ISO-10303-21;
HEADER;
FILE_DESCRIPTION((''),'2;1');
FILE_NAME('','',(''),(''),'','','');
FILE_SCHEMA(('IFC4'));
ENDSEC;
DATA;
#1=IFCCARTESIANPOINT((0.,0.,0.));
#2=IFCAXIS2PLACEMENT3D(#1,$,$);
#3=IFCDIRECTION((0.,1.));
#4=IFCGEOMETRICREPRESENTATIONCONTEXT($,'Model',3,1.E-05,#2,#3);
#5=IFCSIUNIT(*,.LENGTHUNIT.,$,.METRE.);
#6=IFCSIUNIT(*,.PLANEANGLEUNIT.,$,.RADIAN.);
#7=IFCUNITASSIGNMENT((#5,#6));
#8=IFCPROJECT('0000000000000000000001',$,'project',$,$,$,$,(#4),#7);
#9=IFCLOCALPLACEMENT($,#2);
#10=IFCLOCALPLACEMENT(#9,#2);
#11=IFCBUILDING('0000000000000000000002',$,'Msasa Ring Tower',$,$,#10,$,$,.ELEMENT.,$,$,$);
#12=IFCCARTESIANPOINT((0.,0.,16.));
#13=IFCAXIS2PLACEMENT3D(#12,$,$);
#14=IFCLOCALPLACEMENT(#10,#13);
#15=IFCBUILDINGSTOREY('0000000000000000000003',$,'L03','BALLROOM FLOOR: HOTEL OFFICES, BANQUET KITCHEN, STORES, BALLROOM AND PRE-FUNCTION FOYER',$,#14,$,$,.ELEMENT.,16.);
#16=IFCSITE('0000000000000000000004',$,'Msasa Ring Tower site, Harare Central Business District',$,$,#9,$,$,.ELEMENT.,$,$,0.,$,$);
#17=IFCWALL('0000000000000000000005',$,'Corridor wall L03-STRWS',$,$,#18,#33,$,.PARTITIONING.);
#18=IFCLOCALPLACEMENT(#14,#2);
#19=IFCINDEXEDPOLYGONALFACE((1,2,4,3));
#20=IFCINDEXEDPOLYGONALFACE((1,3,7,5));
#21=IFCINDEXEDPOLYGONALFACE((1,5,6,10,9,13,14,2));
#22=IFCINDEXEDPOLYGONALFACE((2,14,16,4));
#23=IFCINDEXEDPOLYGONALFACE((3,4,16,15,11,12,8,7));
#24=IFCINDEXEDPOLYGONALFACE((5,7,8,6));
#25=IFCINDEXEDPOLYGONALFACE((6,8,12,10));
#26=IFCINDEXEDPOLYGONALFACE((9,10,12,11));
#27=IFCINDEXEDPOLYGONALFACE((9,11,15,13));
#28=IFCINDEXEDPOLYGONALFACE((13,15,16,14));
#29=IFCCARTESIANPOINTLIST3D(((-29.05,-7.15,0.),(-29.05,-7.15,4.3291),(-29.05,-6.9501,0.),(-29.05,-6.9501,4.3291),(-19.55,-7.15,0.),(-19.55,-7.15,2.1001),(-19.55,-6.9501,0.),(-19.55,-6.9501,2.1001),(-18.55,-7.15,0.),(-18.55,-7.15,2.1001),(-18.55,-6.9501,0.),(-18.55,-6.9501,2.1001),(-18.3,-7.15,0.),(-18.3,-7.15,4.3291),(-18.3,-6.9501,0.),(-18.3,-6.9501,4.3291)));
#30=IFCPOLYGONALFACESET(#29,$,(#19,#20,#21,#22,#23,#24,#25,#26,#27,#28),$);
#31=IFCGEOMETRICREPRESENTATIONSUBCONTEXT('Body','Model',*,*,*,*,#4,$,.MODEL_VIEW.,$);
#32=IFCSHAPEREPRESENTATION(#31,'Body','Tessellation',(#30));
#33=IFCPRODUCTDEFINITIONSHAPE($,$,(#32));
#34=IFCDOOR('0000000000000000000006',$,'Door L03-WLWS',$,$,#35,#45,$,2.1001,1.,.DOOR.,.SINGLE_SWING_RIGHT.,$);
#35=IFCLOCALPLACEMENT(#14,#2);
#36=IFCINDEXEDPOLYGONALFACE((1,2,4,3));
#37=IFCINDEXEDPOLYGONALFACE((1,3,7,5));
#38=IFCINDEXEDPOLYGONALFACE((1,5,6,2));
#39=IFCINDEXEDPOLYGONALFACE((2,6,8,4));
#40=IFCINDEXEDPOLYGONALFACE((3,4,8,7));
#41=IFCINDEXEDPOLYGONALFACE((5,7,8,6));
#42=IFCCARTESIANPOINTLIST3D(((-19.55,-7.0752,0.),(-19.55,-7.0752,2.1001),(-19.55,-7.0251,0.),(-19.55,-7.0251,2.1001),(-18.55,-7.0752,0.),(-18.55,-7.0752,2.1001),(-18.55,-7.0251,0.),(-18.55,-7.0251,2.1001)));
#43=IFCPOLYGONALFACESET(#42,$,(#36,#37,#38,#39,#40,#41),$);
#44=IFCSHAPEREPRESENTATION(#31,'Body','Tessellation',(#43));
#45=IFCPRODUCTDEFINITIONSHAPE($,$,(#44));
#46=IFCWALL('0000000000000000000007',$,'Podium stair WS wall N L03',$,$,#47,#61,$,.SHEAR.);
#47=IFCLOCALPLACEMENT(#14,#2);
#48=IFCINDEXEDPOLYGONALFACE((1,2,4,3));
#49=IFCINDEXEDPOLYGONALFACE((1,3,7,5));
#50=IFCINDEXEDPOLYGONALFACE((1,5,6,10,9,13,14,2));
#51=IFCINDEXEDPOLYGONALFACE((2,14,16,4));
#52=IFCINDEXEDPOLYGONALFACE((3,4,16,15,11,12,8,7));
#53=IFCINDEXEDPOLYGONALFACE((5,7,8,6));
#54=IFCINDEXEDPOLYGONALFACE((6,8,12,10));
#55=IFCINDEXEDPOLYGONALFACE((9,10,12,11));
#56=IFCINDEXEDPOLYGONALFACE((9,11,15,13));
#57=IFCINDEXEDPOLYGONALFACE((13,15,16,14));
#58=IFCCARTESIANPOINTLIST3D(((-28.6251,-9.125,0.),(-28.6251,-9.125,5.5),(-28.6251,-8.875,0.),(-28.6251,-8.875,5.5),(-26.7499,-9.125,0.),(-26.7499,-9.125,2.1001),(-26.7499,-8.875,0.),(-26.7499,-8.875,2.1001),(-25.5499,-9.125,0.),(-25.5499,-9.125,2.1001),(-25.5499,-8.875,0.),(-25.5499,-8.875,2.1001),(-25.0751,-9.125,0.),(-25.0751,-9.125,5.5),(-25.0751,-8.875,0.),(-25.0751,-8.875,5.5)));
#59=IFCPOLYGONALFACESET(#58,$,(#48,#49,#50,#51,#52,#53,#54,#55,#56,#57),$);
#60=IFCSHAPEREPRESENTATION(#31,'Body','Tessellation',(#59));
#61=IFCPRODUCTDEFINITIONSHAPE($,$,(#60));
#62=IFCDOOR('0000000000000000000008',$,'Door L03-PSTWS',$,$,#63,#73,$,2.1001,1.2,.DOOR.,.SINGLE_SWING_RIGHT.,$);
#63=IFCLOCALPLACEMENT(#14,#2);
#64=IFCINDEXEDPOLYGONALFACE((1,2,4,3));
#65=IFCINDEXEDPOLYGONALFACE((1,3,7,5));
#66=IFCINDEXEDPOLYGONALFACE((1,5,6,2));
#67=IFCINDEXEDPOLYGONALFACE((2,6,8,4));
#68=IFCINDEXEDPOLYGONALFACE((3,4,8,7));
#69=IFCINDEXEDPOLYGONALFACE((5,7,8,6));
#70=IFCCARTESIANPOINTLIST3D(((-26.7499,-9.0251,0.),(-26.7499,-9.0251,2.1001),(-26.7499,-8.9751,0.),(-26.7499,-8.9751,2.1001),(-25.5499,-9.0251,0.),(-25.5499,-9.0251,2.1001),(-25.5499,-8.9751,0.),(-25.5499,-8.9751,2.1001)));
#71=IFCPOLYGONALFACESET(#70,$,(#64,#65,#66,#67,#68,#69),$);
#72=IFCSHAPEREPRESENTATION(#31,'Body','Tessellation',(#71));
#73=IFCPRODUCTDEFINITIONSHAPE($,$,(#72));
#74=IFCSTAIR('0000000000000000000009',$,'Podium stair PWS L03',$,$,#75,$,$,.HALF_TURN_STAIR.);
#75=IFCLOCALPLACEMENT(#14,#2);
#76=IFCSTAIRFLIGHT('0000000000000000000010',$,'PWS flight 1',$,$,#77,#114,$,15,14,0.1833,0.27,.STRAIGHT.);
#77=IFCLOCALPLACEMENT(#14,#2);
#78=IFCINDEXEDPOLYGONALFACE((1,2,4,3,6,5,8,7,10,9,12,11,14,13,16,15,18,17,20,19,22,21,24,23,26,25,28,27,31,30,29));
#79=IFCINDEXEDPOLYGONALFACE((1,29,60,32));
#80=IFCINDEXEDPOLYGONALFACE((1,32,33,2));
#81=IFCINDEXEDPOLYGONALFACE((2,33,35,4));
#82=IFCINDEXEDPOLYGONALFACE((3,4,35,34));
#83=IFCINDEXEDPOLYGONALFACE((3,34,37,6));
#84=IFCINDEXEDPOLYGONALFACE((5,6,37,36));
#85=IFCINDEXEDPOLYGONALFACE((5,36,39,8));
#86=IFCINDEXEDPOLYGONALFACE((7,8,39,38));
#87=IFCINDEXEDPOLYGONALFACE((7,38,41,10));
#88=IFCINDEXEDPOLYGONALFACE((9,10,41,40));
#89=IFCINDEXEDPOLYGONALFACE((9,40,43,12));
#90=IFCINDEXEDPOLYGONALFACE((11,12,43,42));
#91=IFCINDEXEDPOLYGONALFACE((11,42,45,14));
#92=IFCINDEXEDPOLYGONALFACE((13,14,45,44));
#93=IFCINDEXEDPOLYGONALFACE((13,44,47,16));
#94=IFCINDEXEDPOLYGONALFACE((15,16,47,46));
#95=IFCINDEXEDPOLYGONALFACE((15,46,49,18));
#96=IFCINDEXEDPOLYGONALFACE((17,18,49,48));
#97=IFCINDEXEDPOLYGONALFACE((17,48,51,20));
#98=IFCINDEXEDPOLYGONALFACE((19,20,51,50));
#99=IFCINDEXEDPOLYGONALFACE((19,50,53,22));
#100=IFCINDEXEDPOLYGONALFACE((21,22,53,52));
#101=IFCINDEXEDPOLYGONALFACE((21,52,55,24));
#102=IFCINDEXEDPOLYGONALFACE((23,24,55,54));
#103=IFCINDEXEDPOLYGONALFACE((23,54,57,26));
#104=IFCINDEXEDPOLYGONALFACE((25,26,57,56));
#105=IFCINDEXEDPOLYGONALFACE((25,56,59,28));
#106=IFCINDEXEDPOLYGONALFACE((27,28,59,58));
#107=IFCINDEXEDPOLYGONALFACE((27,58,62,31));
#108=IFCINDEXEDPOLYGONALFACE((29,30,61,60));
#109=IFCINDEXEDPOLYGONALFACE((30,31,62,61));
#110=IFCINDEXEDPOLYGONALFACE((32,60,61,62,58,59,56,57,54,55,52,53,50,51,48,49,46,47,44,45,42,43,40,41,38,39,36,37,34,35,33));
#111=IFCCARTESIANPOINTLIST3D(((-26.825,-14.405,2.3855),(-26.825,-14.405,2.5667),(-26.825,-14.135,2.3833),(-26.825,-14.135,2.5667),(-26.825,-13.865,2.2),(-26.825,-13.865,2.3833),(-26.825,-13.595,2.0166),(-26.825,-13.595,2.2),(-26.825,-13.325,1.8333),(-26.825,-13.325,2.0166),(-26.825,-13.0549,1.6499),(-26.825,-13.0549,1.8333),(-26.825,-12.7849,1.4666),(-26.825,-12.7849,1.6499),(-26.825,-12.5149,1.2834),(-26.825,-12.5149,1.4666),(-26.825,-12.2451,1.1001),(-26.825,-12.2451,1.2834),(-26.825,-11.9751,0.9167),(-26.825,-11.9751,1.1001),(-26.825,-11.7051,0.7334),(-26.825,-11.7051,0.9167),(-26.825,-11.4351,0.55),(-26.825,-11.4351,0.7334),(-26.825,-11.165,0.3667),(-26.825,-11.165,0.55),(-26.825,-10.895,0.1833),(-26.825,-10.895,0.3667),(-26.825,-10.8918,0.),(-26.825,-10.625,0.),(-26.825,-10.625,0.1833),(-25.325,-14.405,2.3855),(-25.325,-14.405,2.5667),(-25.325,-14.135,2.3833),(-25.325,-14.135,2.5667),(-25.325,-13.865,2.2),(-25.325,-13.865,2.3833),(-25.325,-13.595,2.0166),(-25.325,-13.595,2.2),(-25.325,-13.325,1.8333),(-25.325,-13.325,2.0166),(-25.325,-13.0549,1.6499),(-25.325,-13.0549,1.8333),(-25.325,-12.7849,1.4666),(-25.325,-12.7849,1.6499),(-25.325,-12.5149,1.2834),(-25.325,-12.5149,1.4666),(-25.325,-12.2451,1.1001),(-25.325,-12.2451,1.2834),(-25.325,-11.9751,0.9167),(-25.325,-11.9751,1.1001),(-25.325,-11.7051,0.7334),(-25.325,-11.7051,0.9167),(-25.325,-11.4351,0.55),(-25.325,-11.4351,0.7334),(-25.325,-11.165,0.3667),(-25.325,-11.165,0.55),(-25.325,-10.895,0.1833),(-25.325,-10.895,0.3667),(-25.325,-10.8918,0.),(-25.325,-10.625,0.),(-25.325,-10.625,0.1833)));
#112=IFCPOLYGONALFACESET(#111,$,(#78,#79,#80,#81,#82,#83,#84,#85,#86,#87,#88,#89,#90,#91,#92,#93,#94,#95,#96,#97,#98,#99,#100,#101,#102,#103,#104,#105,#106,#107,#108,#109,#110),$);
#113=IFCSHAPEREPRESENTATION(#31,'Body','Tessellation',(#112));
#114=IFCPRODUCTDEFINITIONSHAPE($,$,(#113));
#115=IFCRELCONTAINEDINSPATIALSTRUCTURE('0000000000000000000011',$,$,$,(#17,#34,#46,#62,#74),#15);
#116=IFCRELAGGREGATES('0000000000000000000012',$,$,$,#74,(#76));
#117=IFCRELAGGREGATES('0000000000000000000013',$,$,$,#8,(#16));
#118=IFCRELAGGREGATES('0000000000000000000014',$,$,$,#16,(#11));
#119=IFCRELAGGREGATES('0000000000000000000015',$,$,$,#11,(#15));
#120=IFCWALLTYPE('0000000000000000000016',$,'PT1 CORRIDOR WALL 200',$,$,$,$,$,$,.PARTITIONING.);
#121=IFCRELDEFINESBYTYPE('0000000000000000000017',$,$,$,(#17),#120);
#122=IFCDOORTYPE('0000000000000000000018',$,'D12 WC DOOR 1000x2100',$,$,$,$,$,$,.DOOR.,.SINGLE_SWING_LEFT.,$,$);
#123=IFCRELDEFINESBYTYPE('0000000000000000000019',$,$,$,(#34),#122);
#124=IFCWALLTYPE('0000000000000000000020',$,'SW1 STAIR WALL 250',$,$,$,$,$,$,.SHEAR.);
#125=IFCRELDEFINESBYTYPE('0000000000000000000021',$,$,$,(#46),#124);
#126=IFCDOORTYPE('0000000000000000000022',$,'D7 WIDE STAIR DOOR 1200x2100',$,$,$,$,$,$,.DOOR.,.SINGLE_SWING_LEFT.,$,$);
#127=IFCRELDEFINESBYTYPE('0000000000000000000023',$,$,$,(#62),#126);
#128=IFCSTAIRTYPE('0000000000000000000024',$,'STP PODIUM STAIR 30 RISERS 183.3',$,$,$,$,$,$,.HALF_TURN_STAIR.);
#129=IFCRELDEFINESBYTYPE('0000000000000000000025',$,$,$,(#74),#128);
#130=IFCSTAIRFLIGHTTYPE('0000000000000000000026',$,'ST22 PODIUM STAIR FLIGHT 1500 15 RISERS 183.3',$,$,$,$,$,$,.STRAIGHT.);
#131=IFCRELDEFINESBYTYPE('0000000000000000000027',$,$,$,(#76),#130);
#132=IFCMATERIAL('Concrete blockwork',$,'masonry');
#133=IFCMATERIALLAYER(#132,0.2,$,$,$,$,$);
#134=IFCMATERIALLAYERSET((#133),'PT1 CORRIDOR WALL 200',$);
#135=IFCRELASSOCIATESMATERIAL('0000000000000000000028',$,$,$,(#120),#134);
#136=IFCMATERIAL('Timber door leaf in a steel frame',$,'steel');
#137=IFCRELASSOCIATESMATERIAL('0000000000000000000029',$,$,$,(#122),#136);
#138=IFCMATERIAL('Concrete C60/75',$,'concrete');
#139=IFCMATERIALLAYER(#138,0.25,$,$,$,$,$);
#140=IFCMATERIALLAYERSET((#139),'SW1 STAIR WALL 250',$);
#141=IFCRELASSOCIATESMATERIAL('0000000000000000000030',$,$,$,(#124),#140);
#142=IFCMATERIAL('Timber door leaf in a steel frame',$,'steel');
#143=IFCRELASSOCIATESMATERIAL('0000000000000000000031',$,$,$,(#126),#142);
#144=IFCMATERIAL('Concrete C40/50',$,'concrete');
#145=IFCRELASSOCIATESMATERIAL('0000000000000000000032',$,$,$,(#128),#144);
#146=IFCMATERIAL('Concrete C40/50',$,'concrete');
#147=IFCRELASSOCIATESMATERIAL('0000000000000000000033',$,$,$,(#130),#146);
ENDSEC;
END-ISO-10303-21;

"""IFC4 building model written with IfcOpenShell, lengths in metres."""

from ifc_helpers import new_model, si_unit, direction, frame, frame_2d, origin, place, context, subcontext, project, spatial, polyline, rectangle, outline, extrude, material, layer, layer_set, type_object, element, fill, aggregate, save


model = new_model("IFC4")

# Units and contexts
model_context = context("Model", 3, precision=1e-05, world=origin(), true_north=direction((0.0, 1.0)))
body_context = subcontext(model_context, "Body", "Model", "MODEL_VIEW")
ifc_project = project(units=[si_unit("LENGTHUNIT", "METRE"), si_unit("PLANEANGLEUNIT", "RADIAN")], contexts=[model_context])

# Site, building, storey
site_placement = place(None, origin())
site = spatial("IfcSite", under=ifc_project, at=site_placement, Name="Msasa Ring Tower site, Harare Central Business District", CompositionType="ELEMENT", RefElevation=0.0)
building_placement = place(site_placement, origin())
building = spatial("IfcBuilding", under=site, at=building_placement, Name="Msasa Ring Tower", CompositionType="ELEMENT")
storey_placement = place(building_placement, frame((0.0, 0.0, 16.0)))
storey = spatial("IfcBuildingStorey", under=building, at=storey_placement, Name="L03", Description="BALLROOM FLOOR: HOTEL OFFICES, BANQUET KITCHEN, STORES, BALLROOM AND PRE-FUNCTION FOYER", CompositionType="ELEMENT", Elevation=16.0)

# Shared definitions
ifc_material_1 = material(Name="Concrete blockwork", Category="masonry")
ifc_layer_1 = layer(ifc_material_1, 0.2)
ifc_layer_set_1 = layer_set([ifc_layer_1], Name="PT1 CORRIDOR WALL 200")
wall_type_1 = type_object("IfcWallType", Name="PT1 CORRIDOR WALL 200", PredefinedType="PARTITIONING", material=ifc_layer_set_1)

# Walls, openings, doors
wall_1_placement = place(storey_placement, frame((-29.05, -7.05, 0.0), z_axis=(0.0, 0.0, 1.0), x_axis=(1.0, 0.0, 0.0)))
wall_1 = element("IfcWall", 1, at=wall_1_placement, inside=storey, type_object=wall_type_1, Name="Corridor wall L03-STRWS", PredefinedType="PARTITIONING", context=body_context, shape_type="SweptSolid", body=[
    extrude(rectangle(XDim=10.75, YDim=0.2, at=frame_2d((5.375, 0.0))), origin(), (0.0, 0.0, 1.0), 4.3291),
])
opening_1_placement = place(wall_1_placement, frame((9.5, 0.0, 0.0)))
opening_1 = element("IfcOpeningElement", 2, at=opening_1_placement, cuts=wall_1, PredefinedType="OPENING", context=body_context, shape_type="SweptSolid", body=[
    extrude(rectangle(XDim=1.0, YDim=2.1001, at=frame_2d((0.5, 1.05))), frame((0.0, 0.1099, 0.0), z_axis=(0.0, -1.0, 0.0), x_axis=(1.0, 0.0, 0.0)), (0.0, 0.0, 1.0), 0.22),
])
ifc_material_2 = material(Name="Timber door leaf in a steel frame", Category="steel")
door_type_1 = type_object("IfcDoorType", Name="D12 WC DOOR 1000x2100", OperationType="SINGLE_SWING_LEFT", PredefinedType="DOOR", material=ifc_material_2)
door_1_placement = place(opening_1_placement, origin())
door_1 = element("IfcDoor", 3, at=door_1_placement, inside=storey, type_object=door_type_1, Name="Door L03-WLWS", OperationType="SINGLE_SWING_RIGHT", OverallHeight=2.1001, OverallWidth=1.0, PredefinedType="DOOR", context=body_context, shape_type="SweptSolid", body=[
    extrude(rectangle(XDim=1.0, YDim=2.1001, at=frame_2d((0.5, 1.05))), frame((0.0, 0.0249, 0.0), z_axis=(0.0, -1.0, 0.0), x_axis=(1.0, 0.0, 0.0)), (0.0, 0.0, 1.0), 0.05),
])
fill(opening_1, door_1)
ifc_material_3 = material(Name="Concrete C60/75", Category="concrete")
ifc_layer_2 = layer(ifc_material_3, 0.25)
ifc_layer_set_2 = layer_set([ifc_layer_2], Name="SW1 STAIR WALL 250")
wall_type_2 = type_object("IfcWallType", Name="SW1 STAIR WALL 250", PredefinedType="SHEAR", material=ifc_layer_set_2)
wall_2_placement = place(storey_placement, frame((-28.625, -9.0, 0.0), z_axis=(0.0, 0.0, 1.0), x_axis=(1.0, 0.0, 0.0)))
wall_2 = element("IfcWall", 4, at=wall_2_placement, inside=storey, type_object=wall_type_2, Name="Podium stair WS wall N L03", PredefinedType="SHEAR", context=body_context, shape_type="SweptSolid", body=[
    extrude(rectangle(XDim=3.55, YDim=0.25, at=frame_2d((1.7749, 0.0))), origin(), (0.0, 0.0, 1.0), 5.5),
])
opening_2_placement = place(wall_2_placement, frame((1.875, 0.0, 0.0)))
opening_2 = element("IfcOpeningElement", 5, at=opening_2_placement, cuts=wall_2, PredefinedType="OPENING", context=body_context, shape_type="SweptSolid", body=[
    extrude(rectangle(XDim=1.2, YDim=2.1001, at=frame_2d((0.6001, 1.05))), frame((0.0, 0.135, 0.0), z_axis=(0.0, -1.0, 0.0), x_axis=(1.0, 0.0, 0.0)), (0.0, 0.0, 1.0), 0.27),
])
ifc_material_4 = material(Name="Timber door leaf in a steel frame", Category="steel")
door_type_2 = type_object("IfcDoorType", Name="D7 WIDE STAIR DOOR 1200x2100", OperationType="SINGLE_SWING_LEFT", PredefinedType="DOOR", material=ifc_material_4)
door_2_placement = place(opening_2_placement, origin())
door_2 = element("IfcDoor", 6, at=door_2_placement, inside=storey, type_object=door_type_2, Name="Door L03-PSTWS", OperationType="SINGLE_SWING_RIGHT", OverallHeight=2.1001, OverallWidth=1.2, PredefinedType="DOOR", context=body_context, shape_type="SweptSolid", body=[
    extrude(rectangle(XDim=1.2, YDim=2.1001, at=frame_2d((0.6001, 1.05))), frame((0.0, 0.0249, 0.0), z_axis=(0.0, -1.0, 0.0), x_axis=(1.0, 0.0, 0.0)), (0.0, 0.0, 1.0), 0.05),
])
fill(opening_2, door_2)

# Stair, stair flight
ifc_material_5 = material(Name="Concrete C40/50", Category="concrete")
stair_type = type_object("IfcStairType", Name="STP PODIUM STAIR 30 RISERS 183.3", PredefinedType="HALF_TURN_STAIR", material=ifc_material_5)
stair_placement = place(storey_placement, origin())
stair = element("IfcStair", 7, at=stair_placement, inside=storey, type_object=stair_type, Name="Podium stair PWS L03", PredefinedType="HALF_TURN_STAIR")
ifc_material_6 = material(Name="Concrete C40/50", Category="concrete")
stair_flight_type = type_object("IfcStairFlightType", Name="ST22 PODIUM STAIR FLIGHT 1500 15 RISERS 183.3", PredefinedType="STRAIGHT", material=ifc_material_6)
stair_flight_placement = place(storey_placement, frame((-26.075, -10.625, 0.0), z_axis=(0.0, 0.0, 1.0), x_axis=(0.0, -1.0, 0.0)))
stair_flight = element("IfcStairFlight", 8, at=stair_flight_placement, type_object=stair_flight_type, Name="PWS flight 1", NumberOfRisers=15, NumberOfTreads=14, PredefinedType="STRAIGHT", RiserHeight=0.1833, TreadLength=0.27, context=body_context, shape_type="SweptSolid", body=[
    extrude(outline(polyline([(0.0, 0.0), (0.0, 0.1833), (0.27, 0.1833), (0.27, 0.3667), (0.54, 0.3667), (0.54, 0.55), (0.8101, 0.55), (0.8101, 0.7334), (1.0801, 0.7334), (1.0801, 0.9167), (1.3501, 0.9167), (1.3501, 1.1001), (1.6201, 1.1001), (1.6201, 1.2834), (1.8899, 1.2834), (1.8899, 1.4666), (2.1599, 1.4666), (2.1599, 1.6499), (2.4299, 1.6499), (2.4299, 1.8333), (2.7, 1.8333), (2.7, 2.0166), (2.97, 2.0166), (2.97, 2.2), (3.24, 2.2), (3.24, 2.3833), (3.51, 2.3833), (3.51, 2.5667), (3.78, 2.5667), (3.78, 2.75), (3.78, 2.3855), (0.2668, 0.0), (0.0, 0.0)])), frame((0.0, 0.75, 0.0), z_axis=(0.0, -1.0, 0.0), x_axis=(1.0, 0.0, 0.0)), (0.0, 0.0, 1.0), 1.5),
])
aggregate(stair, [stair_flight])

save(model, "model.ifc")
